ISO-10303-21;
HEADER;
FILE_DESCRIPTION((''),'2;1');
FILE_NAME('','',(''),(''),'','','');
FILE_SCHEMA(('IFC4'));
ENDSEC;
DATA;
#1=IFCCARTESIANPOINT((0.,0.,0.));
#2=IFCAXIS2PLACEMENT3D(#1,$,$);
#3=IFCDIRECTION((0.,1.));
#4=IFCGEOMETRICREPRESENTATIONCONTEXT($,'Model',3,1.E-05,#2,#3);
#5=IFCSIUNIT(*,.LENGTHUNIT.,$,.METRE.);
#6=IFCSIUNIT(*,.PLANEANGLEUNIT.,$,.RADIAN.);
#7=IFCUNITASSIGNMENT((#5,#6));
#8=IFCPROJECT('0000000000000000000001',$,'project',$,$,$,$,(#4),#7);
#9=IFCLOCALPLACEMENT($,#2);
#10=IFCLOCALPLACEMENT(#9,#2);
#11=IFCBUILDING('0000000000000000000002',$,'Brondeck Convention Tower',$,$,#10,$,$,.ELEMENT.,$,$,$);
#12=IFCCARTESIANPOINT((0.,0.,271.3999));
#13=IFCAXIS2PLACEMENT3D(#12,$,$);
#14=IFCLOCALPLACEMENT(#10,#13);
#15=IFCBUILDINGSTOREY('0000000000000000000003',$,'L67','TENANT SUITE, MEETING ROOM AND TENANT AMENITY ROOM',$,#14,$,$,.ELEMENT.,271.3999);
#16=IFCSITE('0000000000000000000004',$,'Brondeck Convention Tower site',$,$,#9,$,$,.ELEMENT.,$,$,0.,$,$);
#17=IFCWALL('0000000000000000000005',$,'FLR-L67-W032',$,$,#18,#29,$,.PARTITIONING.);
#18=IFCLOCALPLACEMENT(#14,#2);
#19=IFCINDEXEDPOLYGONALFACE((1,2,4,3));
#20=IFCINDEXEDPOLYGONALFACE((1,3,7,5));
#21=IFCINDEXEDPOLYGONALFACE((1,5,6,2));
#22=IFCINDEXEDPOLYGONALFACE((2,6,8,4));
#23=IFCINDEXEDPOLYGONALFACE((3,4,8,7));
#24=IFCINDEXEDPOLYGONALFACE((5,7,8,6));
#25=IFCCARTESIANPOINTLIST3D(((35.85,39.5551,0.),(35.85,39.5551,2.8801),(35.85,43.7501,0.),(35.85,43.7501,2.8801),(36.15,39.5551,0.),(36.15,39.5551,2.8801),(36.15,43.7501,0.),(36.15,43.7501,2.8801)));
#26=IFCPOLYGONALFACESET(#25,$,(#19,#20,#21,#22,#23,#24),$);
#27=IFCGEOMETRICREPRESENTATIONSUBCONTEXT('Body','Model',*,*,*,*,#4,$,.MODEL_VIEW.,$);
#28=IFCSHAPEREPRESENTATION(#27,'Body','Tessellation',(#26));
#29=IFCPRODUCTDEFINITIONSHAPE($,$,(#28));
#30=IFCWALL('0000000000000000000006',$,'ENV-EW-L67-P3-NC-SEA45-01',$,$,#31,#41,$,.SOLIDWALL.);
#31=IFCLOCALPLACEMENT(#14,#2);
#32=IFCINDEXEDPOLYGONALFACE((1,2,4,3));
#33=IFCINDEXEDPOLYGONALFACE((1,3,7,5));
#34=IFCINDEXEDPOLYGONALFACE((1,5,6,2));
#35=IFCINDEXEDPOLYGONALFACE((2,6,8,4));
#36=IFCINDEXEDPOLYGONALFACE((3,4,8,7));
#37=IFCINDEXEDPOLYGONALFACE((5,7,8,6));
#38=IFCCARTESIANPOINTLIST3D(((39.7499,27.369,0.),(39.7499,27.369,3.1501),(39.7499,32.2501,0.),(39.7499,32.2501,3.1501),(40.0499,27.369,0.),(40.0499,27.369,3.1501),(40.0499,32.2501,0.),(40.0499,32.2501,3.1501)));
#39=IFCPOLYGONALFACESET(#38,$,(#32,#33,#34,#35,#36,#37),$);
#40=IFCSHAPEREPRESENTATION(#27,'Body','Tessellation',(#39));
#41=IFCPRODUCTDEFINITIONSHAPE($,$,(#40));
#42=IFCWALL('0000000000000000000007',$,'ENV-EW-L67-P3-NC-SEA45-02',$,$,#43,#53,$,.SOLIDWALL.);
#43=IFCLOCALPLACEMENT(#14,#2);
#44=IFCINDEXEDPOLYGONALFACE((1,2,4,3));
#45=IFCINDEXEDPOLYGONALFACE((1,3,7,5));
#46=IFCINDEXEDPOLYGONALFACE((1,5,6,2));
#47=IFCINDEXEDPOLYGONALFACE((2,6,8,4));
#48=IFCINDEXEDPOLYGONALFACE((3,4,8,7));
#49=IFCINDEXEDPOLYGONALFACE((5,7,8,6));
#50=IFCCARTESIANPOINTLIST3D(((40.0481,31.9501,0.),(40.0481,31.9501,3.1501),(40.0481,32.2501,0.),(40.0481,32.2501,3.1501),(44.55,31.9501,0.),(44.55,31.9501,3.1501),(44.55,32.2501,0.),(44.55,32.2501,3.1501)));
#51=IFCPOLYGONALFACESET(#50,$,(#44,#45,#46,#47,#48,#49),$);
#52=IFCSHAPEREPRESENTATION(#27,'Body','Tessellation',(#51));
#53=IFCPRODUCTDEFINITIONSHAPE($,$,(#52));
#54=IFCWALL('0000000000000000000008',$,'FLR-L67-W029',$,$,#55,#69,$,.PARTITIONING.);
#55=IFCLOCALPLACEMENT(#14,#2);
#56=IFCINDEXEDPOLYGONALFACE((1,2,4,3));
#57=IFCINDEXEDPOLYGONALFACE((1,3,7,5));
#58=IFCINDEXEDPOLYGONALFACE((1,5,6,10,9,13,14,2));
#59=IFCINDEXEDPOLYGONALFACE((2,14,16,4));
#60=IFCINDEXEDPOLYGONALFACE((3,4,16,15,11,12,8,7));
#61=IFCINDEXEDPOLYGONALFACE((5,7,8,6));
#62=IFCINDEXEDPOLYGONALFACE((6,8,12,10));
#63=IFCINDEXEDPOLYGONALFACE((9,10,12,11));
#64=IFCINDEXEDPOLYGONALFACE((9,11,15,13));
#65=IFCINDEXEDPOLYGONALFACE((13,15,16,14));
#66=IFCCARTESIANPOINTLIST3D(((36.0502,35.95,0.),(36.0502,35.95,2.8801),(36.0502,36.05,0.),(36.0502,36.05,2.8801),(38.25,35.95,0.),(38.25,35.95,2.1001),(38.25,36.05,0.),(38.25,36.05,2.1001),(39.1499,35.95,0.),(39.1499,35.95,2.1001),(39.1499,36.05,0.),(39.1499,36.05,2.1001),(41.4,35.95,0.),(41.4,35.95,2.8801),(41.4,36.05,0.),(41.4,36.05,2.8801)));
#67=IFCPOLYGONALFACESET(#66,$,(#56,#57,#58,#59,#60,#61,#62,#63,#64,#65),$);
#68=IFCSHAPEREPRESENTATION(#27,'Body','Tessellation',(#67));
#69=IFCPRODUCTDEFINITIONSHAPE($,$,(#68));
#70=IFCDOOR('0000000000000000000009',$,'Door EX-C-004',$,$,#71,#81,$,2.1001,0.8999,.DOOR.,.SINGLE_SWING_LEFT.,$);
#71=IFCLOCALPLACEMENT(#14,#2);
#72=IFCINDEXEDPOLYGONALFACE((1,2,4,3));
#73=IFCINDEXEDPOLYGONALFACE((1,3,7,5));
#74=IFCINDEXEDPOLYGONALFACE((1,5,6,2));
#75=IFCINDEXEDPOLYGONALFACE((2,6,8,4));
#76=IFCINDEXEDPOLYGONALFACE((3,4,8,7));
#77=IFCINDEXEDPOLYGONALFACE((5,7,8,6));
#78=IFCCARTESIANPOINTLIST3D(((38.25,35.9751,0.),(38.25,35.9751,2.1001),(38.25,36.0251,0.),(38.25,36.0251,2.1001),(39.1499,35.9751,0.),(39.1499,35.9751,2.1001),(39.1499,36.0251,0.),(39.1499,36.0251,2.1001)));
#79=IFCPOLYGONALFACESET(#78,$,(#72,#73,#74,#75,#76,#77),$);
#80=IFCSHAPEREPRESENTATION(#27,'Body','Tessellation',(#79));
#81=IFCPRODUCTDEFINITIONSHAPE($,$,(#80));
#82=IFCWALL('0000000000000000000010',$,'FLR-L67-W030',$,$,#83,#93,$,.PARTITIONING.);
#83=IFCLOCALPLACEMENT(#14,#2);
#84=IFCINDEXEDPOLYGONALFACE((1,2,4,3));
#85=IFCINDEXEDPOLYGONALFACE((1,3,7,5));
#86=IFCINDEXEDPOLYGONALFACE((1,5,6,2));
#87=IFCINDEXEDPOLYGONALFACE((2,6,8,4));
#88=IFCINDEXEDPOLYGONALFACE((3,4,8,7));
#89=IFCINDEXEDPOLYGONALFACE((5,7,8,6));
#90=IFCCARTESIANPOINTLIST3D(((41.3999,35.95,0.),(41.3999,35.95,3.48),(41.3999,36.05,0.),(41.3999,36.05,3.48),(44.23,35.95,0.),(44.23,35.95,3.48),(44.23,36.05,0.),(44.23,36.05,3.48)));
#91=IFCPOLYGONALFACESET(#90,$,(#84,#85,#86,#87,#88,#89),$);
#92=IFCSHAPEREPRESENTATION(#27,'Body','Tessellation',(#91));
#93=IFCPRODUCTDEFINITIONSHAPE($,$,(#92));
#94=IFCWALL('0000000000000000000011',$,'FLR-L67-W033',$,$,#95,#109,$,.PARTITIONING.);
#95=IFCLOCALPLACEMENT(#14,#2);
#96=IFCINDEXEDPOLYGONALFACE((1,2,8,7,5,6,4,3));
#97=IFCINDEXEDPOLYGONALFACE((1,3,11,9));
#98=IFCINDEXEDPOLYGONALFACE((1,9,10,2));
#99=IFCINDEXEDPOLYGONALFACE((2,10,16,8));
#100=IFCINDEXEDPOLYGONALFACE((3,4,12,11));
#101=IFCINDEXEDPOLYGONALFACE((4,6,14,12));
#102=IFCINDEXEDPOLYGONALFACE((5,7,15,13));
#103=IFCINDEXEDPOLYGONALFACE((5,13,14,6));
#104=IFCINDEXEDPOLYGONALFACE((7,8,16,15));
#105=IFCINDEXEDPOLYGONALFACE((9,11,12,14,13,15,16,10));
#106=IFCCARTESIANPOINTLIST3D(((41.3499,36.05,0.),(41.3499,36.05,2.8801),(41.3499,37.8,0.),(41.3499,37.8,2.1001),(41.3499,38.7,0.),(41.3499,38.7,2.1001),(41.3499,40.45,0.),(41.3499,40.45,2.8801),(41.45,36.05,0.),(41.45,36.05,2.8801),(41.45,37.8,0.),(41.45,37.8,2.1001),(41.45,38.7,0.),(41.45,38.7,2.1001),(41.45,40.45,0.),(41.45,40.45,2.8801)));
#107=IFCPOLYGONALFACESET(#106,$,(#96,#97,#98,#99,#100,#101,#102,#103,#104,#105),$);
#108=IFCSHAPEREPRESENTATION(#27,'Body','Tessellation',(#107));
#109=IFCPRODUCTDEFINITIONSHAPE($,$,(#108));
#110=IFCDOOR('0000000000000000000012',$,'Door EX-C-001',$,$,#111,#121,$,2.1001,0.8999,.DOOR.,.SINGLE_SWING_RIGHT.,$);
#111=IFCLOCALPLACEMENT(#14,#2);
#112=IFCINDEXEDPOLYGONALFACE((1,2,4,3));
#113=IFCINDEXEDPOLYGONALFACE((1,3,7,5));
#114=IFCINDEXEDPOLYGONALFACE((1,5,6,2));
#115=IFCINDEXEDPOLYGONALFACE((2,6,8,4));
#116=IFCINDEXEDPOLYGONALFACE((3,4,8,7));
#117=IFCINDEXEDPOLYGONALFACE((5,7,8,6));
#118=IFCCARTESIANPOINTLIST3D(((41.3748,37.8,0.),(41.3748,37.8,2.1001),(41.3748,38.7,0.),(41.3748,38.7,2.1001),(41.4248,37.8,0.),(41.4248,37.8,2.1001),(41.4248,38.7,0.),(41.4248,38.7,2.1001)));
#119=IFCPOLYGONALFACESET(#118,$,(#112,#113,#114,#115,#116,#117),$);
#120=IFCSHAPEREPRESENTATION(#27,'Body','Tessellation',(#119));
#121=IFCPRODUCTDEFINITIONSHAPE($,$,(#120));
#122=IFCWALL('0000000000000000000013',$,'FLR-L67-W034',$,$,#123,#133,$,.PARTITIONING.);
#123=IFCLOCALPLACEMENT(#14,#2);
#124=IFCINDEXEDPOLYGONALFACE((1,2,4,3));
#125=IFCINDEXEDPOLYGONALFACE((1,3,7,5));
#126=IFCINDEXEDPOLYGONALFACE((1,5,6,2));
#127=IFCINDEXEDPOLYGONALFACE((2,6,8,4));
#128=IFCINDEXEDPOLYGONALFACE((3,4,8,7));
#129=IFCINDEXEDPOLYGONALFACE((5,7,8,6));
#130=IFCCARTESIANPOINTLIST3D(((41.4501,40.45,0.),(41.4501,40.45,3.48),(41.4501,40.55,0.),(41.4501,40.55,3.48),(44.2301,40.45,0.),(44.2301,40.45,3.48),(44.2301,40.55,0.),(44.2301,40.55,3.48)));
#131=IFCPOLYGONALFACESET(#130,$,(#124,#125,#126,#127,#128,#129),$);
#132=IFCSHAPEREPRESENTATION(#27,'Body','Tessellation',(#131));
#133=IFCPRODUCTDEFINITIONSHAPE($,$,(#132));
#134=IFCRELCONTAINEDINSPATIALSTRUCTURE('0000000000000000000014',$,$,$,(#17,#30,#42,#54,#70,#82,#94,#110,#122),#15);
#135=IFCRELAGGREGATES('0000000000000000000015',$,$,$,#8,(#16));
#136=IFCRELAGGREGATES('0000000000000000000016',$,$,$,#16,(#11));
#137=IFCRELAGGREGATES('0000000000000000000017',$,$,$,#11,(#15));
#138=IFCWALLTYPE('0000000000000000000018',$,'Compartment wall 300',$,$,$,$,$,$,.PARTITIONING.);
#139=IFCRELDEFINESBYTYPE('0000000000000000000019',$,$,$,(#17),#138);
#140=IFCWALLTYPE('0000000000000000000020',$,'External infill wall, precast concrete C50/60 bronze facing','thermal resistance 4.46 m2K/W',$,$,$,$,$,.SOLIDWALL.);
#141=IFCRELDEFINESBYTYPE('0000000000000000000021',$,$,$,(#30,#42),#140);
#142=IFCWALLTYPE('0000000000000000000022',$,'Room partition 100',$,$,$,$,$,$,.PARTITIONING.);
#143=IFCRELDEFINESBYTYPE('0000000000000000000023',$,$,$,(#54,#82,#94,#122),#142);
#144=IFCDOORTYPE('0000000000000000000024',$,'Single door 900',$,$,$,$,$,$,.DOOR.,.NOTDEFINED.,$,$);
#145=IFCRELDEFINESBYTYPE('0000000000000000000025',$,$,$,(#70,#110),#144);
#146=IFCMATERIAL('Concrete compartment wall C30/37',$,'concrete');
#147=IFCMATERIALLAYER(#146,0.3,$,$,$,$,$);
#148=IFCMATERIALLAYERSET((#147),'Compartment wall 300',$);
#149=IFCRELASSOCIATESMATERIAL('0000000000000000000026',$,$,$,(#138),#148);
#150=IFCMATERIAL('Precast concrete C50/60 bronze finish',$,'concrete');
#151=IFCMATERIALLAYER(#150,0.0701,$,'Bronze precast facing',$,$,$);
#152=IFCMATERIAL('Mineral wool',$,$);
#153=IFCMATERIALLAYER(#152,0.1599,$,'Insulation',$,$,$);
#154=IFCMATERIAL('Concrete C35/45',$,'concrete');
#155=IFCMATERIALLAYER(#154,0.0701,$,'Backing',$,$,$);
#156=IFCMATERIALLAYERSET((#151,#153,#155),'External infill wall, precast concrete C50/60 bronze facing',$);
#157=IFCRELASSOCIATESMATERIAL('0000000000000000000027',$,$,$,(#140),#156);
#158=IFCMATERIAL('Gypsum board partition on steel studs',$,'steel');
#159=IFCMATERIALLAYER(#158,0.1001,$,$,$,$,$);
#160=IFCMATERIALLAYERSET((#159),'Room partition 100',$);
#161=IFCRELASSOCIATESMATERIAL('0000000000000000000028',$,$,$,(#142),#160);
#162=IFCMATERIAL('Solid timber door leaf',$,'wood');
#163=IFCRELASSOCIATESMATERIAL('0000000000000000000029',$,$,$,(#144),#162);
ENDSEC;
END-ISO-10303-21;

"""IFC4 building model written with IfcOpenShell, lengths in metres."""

from ifc_helpers import new_model, si_unit, direction, frame, frame_2d, origin, place, context, subcontext, project, spatial, rectangle, extrude, material, layer, layer_set, type_object, element, fill, save


model = new_model("IFC4")

# Units and contexts
model_context = context("Model", 3, precision=1e-05, world=origin(), true_north=direction((0.0, 1.0)))
body_context = subcontext(model_context, "Body", "Model", "MODEL_VIEW")
ifc_project = project(units=[si_unit("LENGTHUNIT", "METRE"), si_unit("PLANEANGLEUNIT", "RADIAN")], contexts=[model_context])

# Site, building, storey
site_placement = place(None, origin())
site = spatial("IfcSite", under=ifc_project, at=site_placement, Name="Brondeck Convention Tower site", CompositionType="ELEMENT", RefElevation=0.0)
building_placement = place(site_placement, origin())
building = spatial("IfcBuilding", under=site, at=building_placement, Name="Brondeck Convention Tower", CompositionType="ELEMENT")
storey_placement = place(building_placement, frame((0.0, 0.0, 271.3999)))
storey = spatial("IfcBuildingStorey", under=building, at=storey_placement, Name="L67", Description="TENANT SUITE, MEETING ROOM AND TENANT AMENITY ROOM", CompositionType="ELEMENT", Elevation=271.3999)

# Walls
ifc_material_1 = material(Name="Concrete compartment wall C30/37", Category="concrete")
ifc_layer_1 = layer(ifc_material_1, 0.3)
ifc_layer_set_1 = layer_set([ifc_layer_1], Name="Compartment wall 300")
wall_type_1 = type_object("IfcWallType", Name="Compartment wall 300", PredefinedType="PARTITIONING", material=ifc_layer_set_1)
wall_1_placement = place(storey_placement, frame((36.0, 39.5549, 0.0), z_axis=(0.0, 0.0, 1.0), x_axis=(0.0, 1.0, 0.0)))
element("IfcWall", 1, at=wall_1_placement, inside=storey, type_object=wall_type_1, Name="FLR-L67-W032", PredefinedType="PARTITIONING", context=body_context, shape_type="SweptSolid", body=[
    extrude(rectangle(XDim=4.1951, YDim=0.3, at=frame_2d((2.0977, 0.0))), origin(), (0.0, 0.0, 1.0), 2.8801),
])
ifc_material_2 = material(Name="Precast concrete C50/60 bronze finish", Category="concrete")
ifc_layer_2 = layer(ifc_material_2, 0.0701, Name="Bronze precast facing")
ifc_material_3 = material(Name="Mineral wool")
ifc_layer_3 = layer(ifc_material_3, 0.1599, Name="Insulation")
ifc_material_4 = material(Name="Concrete C35/45", Category="concrete")
ifc_layer_4 = layer(ifc_material_4, 0.0701, Name="Backing")
ifc_layer_set_2 = layer_set([ifc_layer_2, ifc_layer_3, ifc_layer_4], Name="External infill wall, precast concrete C50/60 bronze facing")
wall_type_2 = type_object("IfcWallType", Name="External infill wall, precast concrete C50/60 bronze facing", Description="thermal resistance 4.46 m2K/W", PredefinedType="SOLIDWALL", material=ifc_layer_set_2)
wall_2_placement = place(storey_placement, frame((39.8999, 32.25, 0.0), z_axis=(0.0, 0.0, 1.0), x_axis=(0.0, -1.0, 0.0)))
element("IfcWall", 2, at=wall_2_placement, inside=storey, type_object=wall_type_2, Name="ENV-EW-L67-P3-NC-SEA45-01", PredefinedType="SOLIDWALL", context=body_context, shape_type="SweptSolid", body=[
    extrude(rectangle(XDim=4.8811, YDim=0.3, at=frame_2d((2.4404, 0.0))), origin(), (0.0, 0.0, 1.0), 3.1501),
])
wall_3_placement = place(storey_placement, frame((44.55, 32.1001, 0.0), z_axis=(0.0, 0.0, 1.0), x_axis=(-1.0, 0.0, 0.0)))
element("IfcWall", 3, at=wall_3_placement, inside=storey, type_object=wall_type_2, Name="ENV-EW-L67-P3-NC-SEA45-02", PredefinedType="SOLIDWALL", context=body_context, shape_type="SweptSolid", body=[
    extrude(rectangle(XDim=4.502, YDim=0.3, at=frame_2d((2.251, 0.0))), origin(), (0.0, 0.0, 1.0), 3.1501),
])

# Wall, opening, door
ifc_material_5 = material(Name="Gypsum board partition on steel studs", Category="steel")
ifc_layer_5 = layer(ifc_material_5, 0.1001)
ifc_layer_set_3 = layer_set([ifc_layer_5], Name="Room partition 100")
wall_type_3 = type_object("IfcWallType", Name="Room partition 100", PredefinedType="PARTITIONING", material=ifc_layer_set_3)
wall_4_placement = place(storey_placement, frame((41.3999, 36.0, 0.0), z_axis=(0.0, 0.0, 1.0), x_axis=(-1.0, 0.0, 0.0)))
wall_4 = element("IfcWall", 4, at=wall_4_placement, inside=storey, type_object=wall_type_3, Name="FLR-L67-W029", PredefinedType="PARTITIONING", context=body_context, shape_type="SweptSolid", body=[
    extrude(rectangle(XDim=5.3499, YDim=0.1001, at=frame_2d((2.6748, 0.0))), origin(), (0.0, 0.0, 1.0), 2.8801),
])
opening_1_placement = place(wall_4_placement, frame((2.25, 0.0, 0.0)))
opening_1 = element("IfcOpeningElement", 5, at=opening_1_placement, cuts=wall_4, PredefinedType="OPENING", context=body_context, shape_type="SweptSolid", body=[
    extrude(rectangle(XDim=0.8999, YDim=2.1001, at=frame_2d((0.45, 1.05))), frame((0.0, 0.0601, 0.0), z_axis=(0.0, -1.0, 0.0), x_axis=(1.0, 0.0, 0.0)), (0.0, 0.0, 1.0), 0.1201),
])
ifc_material_6 = material(Name="Solid timber door leaf", Category="wood")
door_type = type_object("IfcDoorType", Name="Single door 900", OperationType="NOTDEFINED", PredefinedType="DOOR", material=ifc_material_6)
door_1_placement = place(opening_1_placement, origin())
door_1 = element("IfcDoor", 6, at=door_1_placement, inside=storey, type_object=door_type, Name="Door EX-C-004", OperationType="SINGLE_SWING_LEFT", OverallHeight=2.1001, OverallWidth=0.8999, PredefinedType="DOOR", context=body_context, shape_type="SweptSolid", body=[
    extrude(rectangle(XDim=0.8999, YDim=2.1001, at=frame_2d((0.45, 1.05))), frame((0.0, 0.0249, 0.0), z_axis=(0.0, -1.0, 0.0), x_axis=(1.0, 0.0, 0.0)), (0.0, 0.0, 1.0), 0.05),
])
fill(opening_1, door_1)

# Wall
wall_5_placement = place(storey_placement, frame((44.23, 36.0, 0.0), z_axis=(0.0, 0.0, 1.0), x_axis=(-1.0, 0.0, 0.0)))
element("IfcWall", 7, at=wall_5_placement, inside=storey, type_object=wall_type_3, Name="FLR-L67-W030", PredefinedType="PARTITIONING", context=body_context, shape_type="SweptSolid", body=[
    extrude(rectangle(XDim=2.8301, YDim=0.1001, at=frame_2d((1.415, 0.0))), origin(), (0.0, 0.0, 1.0), 3.48),
])

# Wall, opening, door
wall_6_placement = place(storey_placement, frame((41.3999, 40.45, 0.0), z_axis=(0.0, 0.0, 1.0), x_axis=(0.0, -1.0, 0.0)))
wall_6 = element("IfcWall", 8, at=wall_6_placement, inside=storey, type_object=wall_type_3, Name="FLR-L67-W033", PredefinedType="PARTITIONING", context=body_context, shape_type="SweptSolid", body=[
    extrude(rectangle(XDim=4.3999, YDim=0.1001, at=frame_2d((2.2, 0.0))), origin(), (0.0, 0.0, 1.0), 2.8801),
])
opening_2_placement = place(wall_6_placement, frame((1.75, 0.0, 0.0)))
opening_2 = element("IfcOpeningElement", 9, at=opening_2_placement, cuts=wall_6, PredefinedType="OPENING", context=body_context, shape_type="SweptSolid", body=[
    extrude(rectangle(XDim=0.8999, YDim=2.1001, at=frame_2d((0.45, 1.05))), frame((0.0, 0.0601, 0.0), z_axis=(0.0, -1.0, 0.0), x_axis=(1.0, 0.0, 0.0)), (0.0, 0.0, 1.0), 0.1201),
])
door_2_placement = place(opening_2_placement, origin())
door_2 = element("IfcDoor", 10, at=door_2_placement, inside=storey, type_object=door_type, Name="Door EX-C-001", OperationType="SINGLE_SWING_RIGHT", OverallHeight=2.1001, OverallWidth=0.8999, PredefinedType="DOOR", context=body_context, shape_type="SweptSolid", body=[
    extrude(rectangle(XDim=0.8999, YDim=2.1001, at=frame_2d((0.45, 1.05))), frame((0.0, 0.0249, 0.0), z_axis=(0.0, -1.0, 0.0), x_axis=(1.0, 0.0, 0.0)), (0.0, 0.0, 1.0), 0.05),
])
fill(opening_2, door_2)

# Wall
wall_7_placement = place(storey_placement, frame((41.45, 40.5, 0.0), z_axis=(0.0, 0.0, 1.0), x_axis=(1.0, 0.0, 0.0)))
element("IfcWall", 11, at=wall_7_placement, inside=storey, type_object=wall_type_3, Name="FLR-L67-W034", PredefinedType="PARTITIONING", context=body_context, shape_type="SweptSolid", body=[
    extrude(rectangle(XDim=2.78, YDim=0.1001, at=frame_2d((1.3901, 0.0))), origin(), (0.0, 0.0, 1.0), 3.48),
])

save(model, "model.ifc")
